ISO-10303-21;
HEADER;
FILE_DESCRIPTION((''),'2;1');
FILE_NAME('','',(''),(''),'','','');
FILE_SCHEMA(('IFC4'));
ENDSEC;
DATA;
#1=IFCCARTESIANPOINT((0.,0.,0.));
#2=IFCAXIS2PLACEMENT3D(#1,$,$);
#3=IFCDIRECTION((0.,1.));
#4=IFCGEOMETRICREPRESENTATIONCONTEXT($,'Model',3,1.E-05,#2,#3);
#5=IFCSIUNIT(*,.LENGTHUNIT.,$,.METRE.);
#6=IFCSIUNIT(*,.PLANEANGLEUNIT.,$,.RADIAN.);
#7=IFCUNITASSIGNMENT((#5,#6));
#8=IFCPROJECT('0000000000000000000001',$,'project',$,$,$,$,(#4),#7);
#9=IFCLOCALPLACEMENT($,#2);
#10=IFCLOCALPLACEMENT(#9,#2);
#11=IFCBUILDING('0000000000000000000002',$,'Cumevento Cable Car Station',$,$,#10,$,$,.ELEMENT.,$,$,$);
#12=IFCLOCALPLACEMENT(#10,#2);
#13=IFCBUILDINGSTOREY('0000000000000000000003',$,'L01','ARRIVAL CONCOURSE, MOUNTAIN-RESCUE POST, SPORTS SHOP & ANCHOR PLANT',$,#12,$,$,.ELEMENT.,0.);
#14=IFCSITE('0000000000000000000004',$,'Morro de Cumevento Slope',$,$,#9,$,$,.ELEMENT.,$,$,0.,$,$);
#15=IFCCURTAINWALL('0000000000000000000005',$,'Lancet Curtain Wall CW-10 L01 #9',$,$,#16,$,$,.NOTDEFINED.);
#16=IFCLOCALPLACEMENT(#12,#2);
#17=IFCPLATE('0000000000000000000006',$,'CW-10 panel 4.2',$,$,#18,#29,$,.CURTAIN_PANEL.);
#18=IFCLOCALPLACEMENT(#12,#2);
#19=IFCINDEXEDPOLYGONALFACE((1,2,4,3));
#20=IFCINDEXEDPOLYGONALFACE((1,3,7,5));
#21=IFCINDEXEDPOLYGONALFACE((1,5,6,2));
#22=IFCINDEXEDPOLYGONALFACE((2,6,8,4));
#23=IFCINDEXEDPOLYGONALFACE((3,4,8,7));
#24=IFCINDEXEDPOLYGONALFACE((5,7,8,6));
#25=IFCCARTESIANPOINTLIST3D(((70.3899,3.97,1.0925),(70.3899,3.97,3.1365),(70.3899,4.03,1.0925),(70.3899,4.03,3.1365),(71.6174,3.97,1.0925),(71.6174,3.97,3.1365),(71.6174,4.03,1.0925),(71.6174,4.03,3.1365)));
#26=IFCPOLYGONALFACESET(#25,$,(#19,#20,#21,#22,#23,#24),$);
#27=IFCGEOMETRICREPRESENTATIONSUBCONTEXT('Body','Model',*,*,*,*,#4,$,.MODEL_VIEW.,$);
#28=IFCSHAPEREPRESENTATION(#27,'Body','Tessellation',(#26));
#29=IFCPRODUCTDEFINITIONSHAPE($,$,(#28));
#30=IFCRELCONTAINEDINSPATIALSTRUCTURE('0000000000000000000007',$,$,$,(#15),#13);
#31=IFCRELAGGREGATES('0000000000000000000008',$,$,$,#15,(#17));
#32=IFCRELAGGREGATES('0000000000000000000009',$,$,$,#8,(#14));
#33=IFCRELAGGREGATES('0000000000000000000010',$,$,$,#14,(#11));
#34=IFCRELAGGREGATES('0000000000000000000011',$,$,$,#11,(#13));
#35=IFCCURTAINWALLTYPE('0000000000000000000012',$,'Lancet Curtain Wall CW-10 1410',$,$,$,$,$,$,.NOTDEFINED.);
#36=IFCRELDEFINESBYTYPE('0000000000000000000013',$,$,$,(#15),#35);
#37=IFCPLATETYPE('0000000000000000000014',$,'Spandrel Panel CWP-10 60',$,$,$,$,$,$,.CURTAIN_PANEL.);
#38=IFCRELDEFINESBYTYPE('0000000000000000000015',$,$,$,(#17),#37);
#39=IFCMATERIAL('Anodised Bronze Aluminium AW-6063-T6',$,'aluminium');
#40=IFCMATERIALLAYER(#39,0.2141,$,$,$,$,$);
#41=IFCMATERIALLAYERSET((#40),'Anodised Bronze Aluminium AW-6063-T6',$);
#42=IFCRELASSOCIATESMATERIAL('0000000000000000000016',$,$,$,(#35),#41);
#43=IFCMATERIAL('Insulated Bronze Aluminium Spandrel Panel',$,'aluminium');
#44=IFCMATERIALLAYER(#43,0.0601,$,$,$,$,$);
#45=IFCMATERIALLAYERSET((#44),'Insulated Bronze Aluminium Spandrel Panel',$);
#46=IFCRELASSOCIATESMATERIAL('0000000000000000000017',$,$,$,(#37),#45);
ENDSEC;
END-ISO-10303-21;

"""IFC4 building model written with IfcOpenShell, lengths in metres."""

from ifc_helpers import new_model, si_unit, direction, frame, origin, origin_2d, place, context, subcontext, project, spatial, rectangle, extrude, material, layer, layer_set, type_object, element, aggregate, save


model = new_model("IFC4")

# Units and contexts
model_context = context("Model", 3, precision=1e-05, world=origin(), true_north=direction((0.0, 1.0)))
body_context = subcontext(model_context, "Body", "Model", "MODEL_VIEW")
ifc_project = project(units=[si_unit("LENGTHUNIT", "METRE"), si_unit("PLANEANGLEUNIT", "RADIAN")], contexts=[model_context])

# Site, building, storey
site_placement = place(None, origin())
site = spatial("IfcSite", under=ifc_project, at=site_placement, Name="Morro de Cumevento Slope", CompositionType="ELEMENT", RefElevation=0.0)
building_placement = place(site_placement, origin())
building = spatial("IfcBuilding", under=site, at=building_placement, Name="Cumevento Cable Car Station", CompositionType="ELEMENT")
storey_placement = place(building_placement, origin())
storey = spatial("IfcBuildingStorey", under=building, at=storey_placement, Name="L01", Description="ARRIVAL CONCOURSE, MOUNTAIN-RESCUE POST, SPORTS SHOP & ANCHOR PLANT", CompositionType="ELEMENT", Elevation=0.0)

# Curtain wall
ifc_material_1 = material(Name="Anodised Bronze Aluminium AW-6063-T6", Category="aluminium")
ifc_layer_1 = layer(ifc_material_1, 0.2141)
ifc_layer_set_1 = layer_set([ifc_layer_1], Name="Anodised Bronze Aluminium AW-6063-T6")
curtain_wall_type_1 = type_object("IfcCurtainWallType", Name="Lancet Curtain Wall CW-10 1410", PredefinedType="NOTDEFINED", material=ifc_layer_set_1)
curtain_wall_1_placement = place(storey_placement, origin())
curtain_wall_1 = element("IfcCurtainWall", 1, at=curtain_wall_1_placement, inside=storey, type_object=curtain_wall_type_1, Name="Lancet Curtain Wall CW-10 L01 #9", PredefinedType="NOTDEFINED")

# Plate
ifc_material_2 = material(Name="Insulated Bronze Aluminium Spandrel Panel", Category="aluminium")
ifc_layer_2 = layer(ifc_material_2, 0.0601)
ifc_layer_set_2 = layer_set([ifc_layer_2], Name="Insulated Bronze Aluminium Spandrel Panel")
plate_type_1 = type_object("IfcPlateType", Name="Spandrel Panel CWP-10 60", PredefinedType="CURTAIN_PANEL", material=ifc_layer_set_2)
plate_1_placement = place(storey_placement, frame((71.0037, 4.0, 1.0925), z_axis=(0.0, 0.0, 1.0), x_axis=(-1.0, 0.0, 0.0)))
plate_1 = element("IfcPlate", 2, at=plate_1_placement, type_object=plate_type_1, Name="CW-10 panel 4.2", PredefinedType="CURTAIN_PANEL", context=body_context, shape_type="SweptSolid", body=[
    extrude(rectangle(XDim=1.2275, YDim=0.0601, at=origin_2d()), origin(), (0.0, 0.0, 1.0), 2.0439),
])
aggregate(curtain_wall_1, [plate_1])

save(model, "model.ifc")
